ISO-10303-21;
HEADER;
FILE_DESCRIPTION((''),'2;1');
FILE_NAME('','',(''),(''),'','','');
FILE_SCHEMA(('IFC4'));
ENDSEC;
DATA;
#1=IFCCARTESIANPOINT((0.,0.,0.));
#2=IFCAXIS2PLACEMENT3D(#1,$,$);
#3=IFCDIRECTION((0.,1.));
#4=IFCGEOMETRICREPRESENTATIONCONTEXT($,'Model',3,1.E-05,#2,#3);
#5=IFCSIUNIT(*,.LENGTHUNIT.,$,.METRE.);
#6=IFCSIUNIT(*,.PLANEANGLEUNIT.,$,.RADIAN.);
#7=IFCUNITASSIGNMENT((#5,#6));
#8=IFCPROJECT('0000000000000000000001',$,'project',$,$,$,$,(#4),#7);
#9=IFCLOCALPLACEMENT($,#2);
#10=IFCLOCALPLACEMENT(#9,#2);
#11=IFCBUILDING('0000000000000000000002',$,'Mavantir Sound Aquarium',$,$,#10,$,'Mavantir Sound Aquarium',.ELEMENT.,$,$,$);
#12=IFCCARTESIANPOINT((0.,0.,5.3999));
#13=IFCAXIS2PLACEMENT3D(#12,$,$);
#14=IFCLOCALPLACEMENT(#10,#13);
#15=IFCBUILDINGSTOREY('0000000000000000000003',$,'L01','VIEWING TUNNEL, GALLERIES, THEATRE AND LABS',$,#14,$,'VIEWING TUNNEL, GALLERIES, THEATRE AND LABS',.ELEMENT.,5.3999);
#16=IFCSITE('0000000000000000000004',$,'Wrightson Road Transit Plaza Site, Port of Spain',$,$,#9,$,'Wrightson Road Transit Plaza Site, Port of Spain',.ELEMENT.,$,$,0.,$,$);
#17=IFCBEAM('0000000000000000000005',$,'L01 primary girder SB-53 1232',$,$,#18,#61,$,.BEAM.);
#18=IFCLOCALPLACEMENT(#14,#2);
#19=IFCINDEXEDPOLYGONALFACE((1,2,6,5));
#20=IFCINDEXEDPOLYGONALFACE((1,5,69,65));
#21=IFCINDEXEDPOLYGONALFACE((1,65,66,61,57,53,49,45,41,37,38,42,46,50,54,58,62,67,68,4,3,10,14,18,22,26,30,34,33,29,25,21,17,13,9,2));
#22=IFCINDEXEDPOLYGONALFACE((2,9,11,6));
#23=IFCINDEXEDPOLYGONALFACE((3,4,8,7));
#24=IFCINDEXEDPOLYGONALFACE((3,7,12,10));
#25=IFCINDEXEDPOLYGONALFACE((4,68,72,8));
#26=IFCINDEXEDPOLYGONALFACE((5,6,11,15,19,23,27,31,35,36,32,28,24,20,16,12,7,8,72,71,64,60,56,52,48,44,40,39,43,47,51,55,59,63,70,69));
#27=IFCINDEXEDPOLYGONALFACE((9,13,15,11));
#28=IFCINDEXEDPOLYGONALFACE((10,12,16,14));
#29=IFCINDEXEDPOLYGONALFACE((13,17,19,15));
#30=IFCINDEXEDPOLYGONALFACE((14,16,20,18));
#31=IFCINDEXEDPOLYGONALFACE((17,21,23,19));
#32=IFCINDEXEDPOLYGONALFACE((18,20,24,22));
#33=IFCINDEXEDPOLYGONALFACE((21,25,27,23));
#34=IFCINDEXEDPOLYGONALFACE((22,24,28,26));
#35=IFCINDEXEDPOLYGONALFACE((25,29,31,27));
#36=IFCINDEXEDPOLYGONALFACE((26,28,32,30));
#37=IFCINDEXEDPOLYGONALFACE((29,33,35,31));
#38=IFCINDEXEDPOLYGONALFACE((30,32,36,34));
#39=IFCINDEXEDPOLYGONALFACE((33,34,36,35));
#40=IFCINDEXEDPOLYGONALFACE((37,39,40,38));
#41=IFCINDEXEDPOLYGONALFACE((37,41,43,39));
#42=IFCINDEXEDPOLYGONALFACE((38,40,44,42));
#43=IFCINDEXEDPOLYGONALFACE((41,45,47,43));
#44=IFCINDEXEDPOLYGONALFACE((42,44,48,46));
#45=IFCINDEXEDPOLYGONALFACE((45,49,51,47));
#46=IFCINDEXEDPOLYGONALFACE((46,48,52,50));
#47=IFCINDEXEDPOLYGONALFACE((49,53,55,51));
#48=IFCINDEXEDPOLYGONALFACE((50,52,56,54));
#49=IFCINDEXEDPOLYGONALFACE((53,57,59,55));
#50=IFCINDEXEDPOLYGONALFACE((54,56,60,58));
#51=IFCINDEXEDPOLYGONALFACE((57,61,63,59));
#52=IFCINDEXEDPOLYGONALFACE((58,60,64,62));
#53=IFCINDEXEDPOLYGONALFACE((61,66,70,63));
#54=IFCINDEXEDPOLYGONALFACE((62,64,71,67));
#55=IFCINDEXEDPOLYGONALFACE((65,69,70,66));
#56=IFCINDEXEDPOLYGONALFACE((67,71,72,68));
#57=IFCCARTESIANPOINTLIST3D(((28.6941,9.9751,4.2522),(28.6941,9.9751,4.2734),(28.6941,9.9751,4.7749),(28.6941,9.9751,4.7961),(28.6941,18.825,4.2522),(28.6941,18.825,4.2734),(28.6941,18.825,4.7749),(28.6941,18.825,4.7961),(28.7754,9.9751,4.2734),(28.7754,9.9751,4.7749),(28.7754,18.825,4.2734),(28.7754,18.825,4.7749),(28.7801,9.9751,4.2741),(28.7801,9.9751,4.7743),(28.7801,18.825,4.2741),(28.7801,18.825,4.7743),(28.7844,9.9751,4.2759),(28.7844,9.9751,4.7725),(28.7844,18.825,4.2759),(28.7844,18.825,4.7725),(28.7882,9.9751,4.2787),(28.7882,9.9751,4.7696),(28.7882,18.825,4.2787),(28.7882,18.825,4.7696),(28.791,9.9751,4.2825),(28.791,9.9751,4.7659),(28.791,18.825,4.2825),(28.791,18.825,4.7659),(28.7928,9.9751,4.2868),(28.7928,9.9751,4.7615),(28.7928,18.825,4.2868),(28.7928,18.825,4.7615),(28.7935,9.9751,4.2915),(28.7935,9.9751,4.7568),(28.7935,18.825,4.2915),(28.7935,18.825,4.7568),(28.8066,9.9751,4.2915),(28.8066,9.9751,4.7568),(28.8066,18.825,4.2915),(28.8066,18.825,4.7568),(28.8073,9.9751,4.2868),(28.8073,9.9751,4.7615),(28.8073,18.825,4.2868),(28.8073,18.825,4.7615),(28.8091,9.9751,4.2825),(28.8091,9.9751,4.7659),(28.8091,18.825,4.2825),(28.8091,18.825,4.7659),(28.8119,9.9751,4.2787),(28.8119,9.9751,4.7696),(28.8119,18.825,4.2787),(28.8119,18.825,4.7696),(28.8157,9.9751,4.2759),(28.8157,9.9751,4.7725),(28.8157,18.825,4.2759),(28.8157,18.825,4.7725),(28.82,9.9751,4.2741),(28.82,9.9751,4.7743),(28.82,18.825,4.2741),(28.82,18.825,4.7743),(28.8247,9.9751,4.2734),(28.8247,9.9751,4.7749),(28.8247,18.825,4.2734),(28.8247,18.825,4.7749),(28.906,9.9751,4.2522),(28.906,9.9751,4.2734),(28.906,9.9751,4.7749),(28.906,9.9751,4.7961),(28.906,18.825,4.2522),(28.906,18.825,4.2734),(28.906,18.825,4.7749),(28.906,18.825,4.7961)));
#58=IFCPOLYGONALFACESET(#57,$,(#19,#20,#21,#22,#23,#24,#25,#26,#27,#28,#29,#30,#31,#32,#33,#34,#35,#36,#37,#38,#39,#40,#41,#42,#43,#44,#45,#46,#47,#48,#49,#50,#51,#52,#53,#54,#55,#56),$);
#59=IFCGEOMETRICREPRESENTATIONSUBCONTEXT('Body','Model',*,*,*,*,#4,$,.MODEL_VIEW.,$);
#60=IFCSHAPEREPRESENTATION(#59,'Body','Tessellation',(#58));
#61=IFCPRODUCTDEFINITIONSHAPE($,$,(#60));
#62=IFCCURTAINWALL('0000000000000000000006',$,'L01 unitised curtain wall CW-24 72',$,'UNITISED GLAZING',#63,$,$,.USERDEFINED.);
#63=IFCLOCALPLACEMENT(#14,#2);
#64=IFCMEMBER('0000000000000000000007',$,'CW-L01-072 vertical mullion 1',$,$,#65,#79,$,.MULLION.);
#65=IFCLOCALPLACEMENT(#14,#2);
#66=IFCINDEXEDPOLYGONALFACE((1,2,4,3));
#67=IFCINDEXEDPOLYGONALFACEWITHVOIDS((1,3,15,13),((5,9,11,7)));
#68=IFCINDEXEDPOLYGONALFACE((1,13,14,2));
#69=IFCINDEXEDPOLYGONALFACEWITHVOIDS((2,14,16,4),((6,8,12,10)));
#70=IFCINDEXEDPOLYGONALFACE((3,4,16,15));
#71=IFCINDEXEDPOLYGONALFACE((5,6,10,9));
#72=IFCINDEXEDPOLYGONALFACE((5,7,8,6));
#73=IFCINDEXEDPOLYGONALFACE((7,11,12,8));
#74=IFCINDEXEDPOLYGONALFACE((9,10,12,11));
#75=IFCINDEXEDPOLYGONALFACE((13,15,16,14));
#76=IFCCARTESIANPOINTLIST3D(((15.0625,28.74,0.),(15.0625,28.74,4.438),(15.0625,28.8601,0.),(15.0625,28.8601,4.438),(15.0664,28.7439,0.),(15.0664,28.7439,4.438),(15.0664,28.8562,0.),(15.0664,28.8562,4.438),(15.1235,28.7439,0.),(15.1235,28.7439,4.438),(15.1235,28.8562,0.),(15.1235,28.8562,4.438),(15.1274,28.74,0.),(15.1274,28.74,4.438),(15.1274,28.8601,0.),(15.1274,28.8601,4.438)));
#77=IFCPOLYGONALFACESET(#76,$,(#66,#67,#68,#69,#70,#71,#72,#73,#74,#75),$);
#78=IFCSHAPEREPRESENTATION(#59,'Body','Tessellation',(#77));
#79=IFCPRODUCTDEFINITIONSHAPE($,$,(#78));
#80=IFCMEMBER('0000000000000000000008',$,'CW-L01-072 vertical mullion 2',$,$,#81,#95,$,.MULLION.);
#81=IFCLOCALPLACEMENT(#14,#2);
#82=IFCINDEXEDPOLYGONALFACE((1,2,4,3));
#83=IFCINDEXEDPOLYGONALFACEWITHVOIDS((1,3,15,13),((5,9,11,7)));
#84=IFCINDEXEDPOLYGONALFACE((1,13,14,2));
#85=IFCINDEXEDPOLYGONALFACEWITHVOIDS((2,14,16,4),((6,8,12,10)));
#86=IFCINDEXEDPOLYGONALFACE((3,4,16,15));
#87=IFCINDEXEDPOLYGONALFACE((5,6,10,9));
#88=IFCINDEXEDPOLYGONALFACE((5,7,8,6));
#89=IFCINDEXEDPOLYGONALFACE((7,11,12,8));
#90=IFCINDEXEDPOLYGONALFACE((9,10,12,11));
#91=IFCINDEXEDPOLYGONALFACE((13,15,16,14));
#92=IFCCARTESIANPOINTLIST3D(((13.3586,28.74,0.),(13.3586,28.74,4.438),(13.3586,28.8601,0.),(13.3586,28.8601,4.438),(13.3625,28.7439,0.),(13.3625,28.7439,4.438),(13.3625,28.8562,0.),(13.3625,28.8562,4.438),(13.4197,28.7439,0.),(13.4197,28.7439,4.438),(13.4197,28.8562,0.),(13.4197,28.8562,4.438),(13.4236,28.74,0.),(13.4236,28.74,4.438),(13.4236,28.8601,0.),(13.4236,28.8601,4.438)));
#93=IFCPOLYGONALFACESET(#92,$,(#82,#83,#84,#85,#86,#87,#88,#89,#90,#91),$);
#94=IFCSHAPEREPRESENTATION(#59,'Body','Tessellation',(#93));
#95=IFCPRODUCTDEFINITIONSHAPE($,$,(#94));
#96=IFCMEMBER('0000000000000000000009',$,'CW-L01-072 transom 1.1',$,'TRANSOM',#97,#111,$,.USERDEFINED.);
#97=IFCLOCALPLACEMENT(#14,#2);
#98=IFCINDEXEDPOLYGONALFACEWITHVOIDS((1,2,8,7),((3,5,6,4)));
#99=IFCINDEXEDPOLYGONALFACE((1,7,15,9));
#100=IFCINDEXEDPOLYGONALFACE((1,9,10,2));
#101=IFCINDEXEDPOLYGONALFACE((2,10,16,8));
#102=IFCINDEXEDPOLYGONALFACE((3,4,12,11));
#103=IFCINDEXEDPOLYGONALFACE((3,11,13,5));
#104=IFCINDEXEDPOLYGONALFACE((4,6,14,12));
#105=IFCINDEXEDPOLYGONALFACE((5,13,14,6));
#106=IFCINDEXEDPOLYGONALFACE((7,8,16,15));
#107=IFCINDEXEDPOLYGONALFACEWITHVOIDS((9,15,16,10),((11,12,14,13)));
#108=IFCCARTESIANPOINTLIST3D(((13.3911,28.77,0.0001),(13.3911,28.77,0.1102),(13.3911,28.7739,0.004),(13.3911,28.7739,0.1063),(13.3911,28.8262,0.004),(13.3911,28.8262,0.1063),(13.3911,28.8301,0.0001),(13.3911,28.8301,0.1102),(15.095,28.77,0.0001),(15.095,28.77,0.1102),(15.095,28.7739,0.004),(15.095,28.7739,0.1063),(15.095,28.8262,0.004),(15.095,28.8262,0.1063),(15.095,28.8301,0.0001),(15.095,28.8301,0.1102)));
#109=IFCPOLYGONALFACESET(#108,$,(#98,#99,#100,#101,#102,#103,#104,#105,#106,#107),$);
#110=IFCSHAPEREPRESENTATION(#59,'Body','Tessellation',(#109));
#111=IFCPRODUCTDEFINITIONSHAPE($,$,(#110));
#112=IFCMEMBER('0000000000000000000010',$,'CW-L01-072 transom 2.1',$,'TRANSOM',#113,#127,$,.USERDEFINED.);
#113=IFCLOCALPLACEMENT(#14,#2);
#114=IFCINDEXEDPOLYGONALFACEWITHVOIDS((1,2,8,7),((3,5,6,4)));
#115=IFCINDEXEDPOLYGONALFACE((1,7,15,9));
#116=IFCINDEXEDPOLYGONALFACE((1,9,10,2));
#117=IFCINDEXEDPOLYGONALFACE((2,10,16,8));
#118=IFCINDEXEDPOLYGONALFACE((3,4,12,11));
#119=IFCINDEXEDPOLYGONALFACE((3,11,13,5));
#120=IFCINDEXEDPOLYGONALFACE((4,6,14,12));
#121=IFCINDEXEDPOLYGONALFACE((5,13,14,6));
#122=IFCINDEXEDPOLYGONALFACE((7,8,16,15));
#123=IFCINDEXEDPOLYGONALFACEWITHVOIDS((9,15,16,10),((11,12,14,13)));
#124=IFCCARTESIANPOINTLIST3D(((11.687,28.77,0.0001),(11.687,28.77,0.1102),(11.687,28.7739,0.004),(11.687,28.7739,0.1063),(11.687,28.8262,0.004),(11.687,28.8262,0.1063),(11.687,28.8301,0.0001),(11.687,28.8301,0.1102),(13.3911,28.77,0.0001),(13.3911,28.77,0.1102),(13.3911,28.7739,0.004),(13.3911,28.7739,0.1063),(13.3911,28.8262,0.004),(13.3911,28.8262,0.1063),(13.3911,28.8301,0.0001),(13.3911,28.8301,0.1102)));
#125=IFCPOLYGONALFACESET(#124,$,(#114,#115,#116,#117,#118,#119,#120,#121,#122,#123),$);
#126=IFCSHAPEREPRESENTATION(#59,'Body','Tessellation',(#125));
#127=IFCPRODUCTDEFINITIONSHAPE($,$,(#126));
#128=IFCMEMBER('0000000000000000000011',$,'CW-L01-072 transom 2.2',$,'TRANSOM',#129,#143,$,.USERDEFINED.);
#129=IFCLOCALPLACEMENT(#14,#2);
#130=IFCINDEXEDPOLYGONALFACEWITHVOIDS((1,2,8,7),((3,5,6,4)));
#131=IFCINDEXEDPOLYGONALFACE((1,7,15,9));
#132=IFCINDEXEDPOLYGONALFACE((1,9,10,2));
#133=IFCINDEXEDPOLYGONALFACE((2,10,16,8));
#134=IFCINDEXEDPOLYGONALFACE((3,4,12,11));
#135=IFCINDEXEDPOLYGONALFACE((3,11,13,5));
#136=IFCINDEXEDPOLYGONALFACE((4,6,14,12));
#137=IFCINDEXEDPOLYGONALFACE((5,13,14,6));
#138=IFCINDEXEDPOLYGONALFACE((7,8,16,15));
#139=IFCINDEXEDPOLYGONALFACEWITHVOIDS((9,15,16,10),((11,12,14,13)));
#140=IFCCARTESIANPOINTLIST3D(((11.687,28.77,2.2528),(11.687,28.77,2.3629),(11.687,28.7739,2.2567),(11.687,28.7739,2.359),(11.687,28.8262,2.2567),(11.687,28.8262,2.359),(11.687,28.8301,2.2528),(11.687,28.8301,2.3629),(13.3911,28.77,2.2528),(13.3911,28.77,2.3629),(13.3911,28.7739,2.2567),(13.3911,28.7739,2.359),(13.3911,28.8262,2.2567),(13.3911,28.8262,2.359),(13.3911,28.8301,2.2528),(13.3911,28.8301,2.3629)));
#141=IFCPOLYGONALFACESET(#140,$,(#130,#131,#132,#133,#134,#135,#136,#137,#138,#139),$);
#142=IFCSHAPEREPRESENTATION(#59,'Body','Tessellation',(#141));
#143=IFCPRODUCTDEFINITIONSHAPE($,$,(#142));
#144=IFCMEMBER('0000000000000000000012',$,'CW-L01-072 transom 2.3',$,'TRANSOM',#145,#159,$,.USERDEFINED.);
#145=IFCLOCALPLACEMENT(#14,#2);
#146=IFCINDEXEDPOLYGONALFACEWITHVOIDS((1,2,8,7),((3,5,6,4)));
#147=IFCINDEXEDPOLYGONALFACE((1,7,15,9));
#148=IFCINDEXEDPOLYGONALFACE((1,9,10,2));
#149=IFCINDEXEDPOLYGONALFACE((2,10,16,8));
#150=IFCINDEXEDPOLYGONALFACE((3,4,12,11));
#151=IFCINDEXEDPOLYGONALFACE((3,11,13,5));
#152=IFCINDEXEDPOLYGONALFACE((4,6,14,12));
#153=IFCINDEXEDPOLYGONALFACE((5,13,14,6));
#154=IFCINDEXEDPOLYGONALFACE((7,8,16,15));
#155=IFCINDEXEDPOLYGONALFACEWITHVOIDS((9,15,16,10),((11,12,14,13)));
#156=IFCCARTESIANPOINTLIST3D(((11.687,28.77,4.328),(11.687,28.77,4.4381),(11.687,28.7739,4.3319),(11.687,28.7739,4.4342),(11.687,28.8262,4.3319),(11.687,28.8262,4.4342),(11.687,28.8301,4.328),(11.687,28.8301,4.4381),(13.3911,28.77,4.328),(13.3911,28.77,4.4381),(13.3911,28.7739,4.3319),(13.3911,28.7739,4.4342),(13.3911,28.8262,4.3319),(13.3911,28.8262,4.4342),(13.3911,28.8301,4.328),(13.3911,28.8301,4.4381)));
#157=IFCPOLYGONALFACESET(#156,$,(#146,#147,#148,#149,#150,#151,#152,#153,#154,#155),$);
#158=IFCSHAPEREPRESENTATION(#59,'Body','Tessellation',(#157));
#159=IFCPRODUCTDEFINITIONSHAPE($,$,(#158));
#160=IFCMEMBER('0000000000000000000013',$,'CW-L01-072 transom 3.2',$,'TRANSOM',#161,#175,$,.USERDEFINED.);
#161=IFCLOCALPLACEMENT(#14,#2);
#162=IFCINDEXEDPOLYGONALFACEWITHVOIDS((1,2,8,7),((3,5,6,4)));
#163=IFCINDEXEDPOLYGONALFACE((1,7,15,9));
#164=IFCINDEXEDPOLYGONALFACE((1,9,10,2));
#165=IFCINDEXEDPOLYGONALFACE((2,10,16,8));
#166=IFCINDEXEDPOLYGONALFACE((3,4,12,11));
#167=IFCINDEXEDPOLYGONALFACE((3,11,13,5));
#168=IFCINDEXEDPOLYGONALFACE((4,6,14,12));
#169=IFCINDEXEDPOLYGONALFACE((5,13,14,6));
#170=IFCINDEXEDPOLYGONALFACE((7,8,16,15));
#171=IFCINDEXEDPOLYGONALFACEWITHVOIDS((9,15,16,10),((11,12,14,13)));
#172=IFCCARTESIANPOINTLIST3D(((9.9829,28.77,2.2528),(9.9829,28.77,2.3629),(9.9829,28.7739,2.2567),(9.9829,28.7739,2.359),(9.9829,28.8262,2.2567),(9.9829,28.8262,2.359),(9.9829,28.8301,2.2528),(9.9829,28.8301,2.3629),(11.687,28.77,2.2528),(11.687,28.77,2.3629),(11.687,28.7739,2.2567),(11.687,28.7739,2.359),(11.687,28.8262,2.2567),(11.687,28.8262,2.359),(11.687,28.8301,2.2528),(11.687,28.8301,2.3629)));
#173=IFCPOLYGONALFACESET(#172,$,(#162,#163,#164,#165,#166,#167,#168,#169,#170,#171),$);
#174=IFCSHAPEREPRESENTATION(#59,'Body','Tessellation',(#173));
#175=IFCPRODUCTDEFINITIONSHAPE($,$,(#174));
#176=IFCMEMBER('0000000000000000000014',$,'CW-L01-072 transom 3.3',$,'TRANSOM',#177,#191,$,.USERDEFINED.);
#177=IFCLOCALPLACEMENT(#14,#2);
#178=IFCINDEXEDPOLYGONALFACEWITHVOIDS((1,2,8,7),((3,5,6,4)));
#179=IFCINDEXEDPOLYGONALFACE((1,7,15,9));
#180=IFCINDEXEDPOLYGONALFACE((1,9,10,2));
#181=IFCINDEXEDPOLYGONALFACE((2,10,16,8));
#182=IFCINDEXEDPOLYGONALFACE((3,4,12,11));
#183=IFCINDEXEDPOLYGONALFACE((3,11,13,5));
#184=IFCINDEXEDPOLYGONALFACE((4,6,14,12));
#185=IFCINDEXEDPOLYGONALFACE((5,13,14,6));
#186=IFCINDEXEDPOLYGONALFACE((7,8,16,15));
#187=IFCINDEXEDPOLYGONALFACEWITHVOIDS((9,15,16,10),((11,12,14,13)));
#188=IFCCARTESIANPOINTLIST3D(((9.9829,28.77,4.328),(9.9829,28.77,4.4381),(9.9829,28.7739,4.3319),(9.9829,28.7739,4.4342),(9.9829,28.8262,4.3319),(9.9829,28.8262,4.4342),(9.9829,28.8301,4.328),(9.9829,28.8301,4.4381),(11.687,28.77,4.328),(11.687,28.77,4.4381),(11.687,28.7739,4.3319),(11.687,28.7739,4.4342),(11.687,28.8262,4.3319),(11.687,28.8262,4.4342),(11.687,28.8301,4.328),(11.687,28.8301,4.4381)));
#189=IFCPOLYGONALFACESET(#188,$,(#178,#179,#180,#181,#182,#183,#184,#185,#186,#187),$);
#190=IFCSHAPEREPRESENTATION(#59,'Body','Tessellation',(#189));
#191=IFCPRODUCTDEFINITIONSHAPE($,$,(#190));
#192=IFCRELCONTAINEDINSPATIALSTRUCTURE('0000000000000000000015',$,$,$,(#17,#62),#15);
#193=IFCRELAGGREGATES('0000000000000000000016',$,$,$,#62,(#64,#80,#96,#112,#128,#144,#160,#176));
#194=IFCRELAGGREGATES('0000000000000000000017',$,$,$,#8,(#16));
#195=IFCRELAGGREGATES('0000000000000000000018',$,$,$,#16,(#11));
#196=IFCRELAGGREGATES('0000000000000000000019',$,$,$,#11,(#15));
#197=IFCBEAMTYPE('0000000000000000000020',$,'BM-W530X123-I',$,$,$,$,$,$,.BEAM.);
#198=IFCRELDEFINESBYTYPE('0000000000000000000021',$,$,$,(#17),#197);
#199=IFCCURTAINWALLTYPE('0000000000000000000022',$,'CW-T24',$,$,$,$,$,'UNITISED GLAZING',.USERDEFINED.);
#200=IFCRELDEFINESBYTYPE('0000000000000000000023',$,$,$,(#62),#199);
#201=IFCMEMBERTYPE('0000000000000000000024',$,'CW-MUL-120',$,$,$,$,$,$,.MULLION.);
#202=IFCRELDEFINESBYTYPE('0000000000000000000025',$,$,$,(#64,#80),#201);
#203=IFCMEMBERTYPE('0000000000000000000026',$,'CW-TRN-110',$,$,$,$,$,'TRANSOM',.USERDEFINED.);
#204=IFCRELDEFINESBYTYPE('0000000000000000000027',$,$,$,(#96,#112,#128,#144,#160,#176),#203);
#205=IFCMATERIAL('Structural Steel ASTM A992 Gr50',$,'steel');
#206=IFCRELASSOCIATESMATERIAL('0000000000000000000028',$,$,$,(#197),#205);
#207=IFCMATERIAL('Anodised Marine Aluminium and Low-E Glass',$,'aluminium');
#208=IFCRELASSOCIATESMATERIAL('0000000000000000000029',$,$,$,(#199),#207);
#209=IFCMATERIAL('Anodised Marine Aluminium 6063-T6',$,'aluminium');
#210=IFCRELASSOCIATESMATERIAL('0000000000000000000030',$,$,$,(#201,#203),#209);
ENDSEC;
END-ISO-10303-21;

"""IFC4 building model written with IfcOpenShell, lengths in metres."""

from ifc_helpers import new_model, si_unit, direction, frame, origin, origin_2d, place, context, subcontext, project, spatial, hollow_rectangle, i_section, extrude, material, material_profile, profile_set, type_object, element, aggregate, save


model = new_model("IFC4")

# Units and contexts
model_context = context("Model", 3, precision=1e-05, world=origin(), true_north=direction((0.0, 1.0)))
body_context = subcontext(model_context, "Body", "Model", "MODEL_VIEW")
ifc_project = project(units=[si_unit("LENGTHUNIT", "METRE"), si_unit("PLANEANGLEUNIT", "RADIAN")], contexts=[model_context])

# Site, building, storey
site_placement = place(None, origin())
site = spatial("IfcSite", under=ifc_project, at=site_placement, Name="Wrightson Road Transit Plaza Site, Port of Spain", LongName="Wrightson Road Transit Plaza Site, Port of Spain", CompositionType="ELEMENT", RefElevation=0.0)
building_placement = place(site_placement, origin())
building = spatial("IfcBuilding", under=site, at=building_placement, Name="Mavantir Sound Aquarium", LongName="Mavantir Sound Aquarium", CompositionType="ELEMENT")
storey_placement = place(building_placement, frame((0.0, 0.0, 5.3999)))
storey = spatial("IfcBuildingStorey", under=building, at=storey_placement, Name="L01", Description="VIEWING TUNNEL, GALLERIES, THEATRE AND LABS", LongName="VIEWING TUNNEL, GALLERIES, THEATRE AND LABS", CompositionType="ELEMENT", Elevation=5.3999)

# Beam
ifc_material_1 = material(Name="Structural Steel ASTM A992 Gr50", Category="steel")
ifc_material_profile_1 = material_profile(ifc_material_1, i_section(OverallWidth=0.2119, OverallDepth=0.5439, WebThickness=0.0132, FlangeThickness=0.0212, FilletRadius=0.0181, at=origin_2d()), Name="W530X123")
ifc_profile_set_1 = profile_set([ifc_material_profile_1], Name="Structural Steel ASTM A992 Gr50")
beam_type_1 = type_object("IfcBeamType", Name="BM-W530X123-I", PredefinedType="BEAM", material=ifc_profile_set_1)
beam_1_placement = place(storey_placement, frame((28.8, 9.9751, 4.5242), z_axis=(0.0, 1.0, 0.0), x_axis=(-1.0, 0.0, 0.0)))
element("IfcBeam", 1, at=beam_1_placement, inside=storey, type_object=beam_type_1, Name="L01 primary girder SB-53 1232", PredefinedType="BEAM", context=body_context, shape_type="SweptSolid", body=[
    extrude(i_section(OverallWidth=0.2119, OverallDepth=0.5439, WebThickness=0.0132, FlangeThickness=0.0212, FilletRadius=0.0181, at=origin_2d()), origin(), (0.0, 0.0, 1.0), 8.8499),
])

# Curtain wall, members
ifc_material_2 = material(Name="Anodised Marine Aluminium and Low-E Glass", Category="aluminium")
curtain_wall_type = type_object("IfcCurtainWallType", Name="CW-T24", ElementType="UNITISED GLAZING", PredefinedType="USERDEFINED", material=ifc_material_2)
curtain_wall_placement = place(storey_placement, origin())
curtain_wall = element("IfcCurtainWall", 2, at=curtain_wall_placement, inside=storey, type_object=curtain_wall_type, Name="L01 unitised curtain wall CW-24 72", ObjectType="UNITISED GLAZING", PredefinedType="USERDEFINED")
ifc_material_3 = material(Name="Anodised Marine Aluminium 6063-T6", Category="aluminium")
ifc_material_profile_2 = material_profile(ifc_material_3, hollow_rectangle(XDim=0.0649, YDim=0.1201, WallThickness=0.0039, at=origin_2d()), Name="ALU-MULLION-120X65")
ifc_profile_set_2 = profile_set([ifc_material_profile_2], Name="Anodised Marine Aluminium 6063-T6")
member_type_1 = type_object("IfcMemberType", Name="CW-MUL-120", PredefinedType="MULLION", material=ifc_profile_set_2)
member_1_placement = place(storey_placement, frame((15.095, 28.8, 0.0), z_axis=(0.0, 0.0, 1.0), x_axis=(1.0, 0.0, 0.0)))
member_1 = element("IfcMember", 3, at=member_1_placement, type_object=member_type_1, Name="CW-L01-072 vertical mullion 1", PredefinedType="MULLION", context=body_context, shape_type="SweptSolid", body=[
    extrude(hollow_rectangle(XDim=0.0649, YDim=0.1201, WallThickness=0.0039, at=origin_2d()), origin(), (0.0, 0.0, 1.0), 4.438),
])
member_2_placement = place(storey_placement, frame((13.3911, 28.8, 0.0), z_axis=(0.0, 0.0, 1.0), x_axis=(1.0, 0.0, 0.0)))
member_2 = element("IfcMember", 4, at=member_2_placement, type_object=member_type_1, Name="CW-L01-072 vertical mullion 2", PredefinedType="MULLION", context=body_context, shape_type="SweptSolid", body=[
    extrude(hollow_rectangle(XDim=0.0649, YDim=0.1201, WallThickness=0.0039, at=origin_2d()), origin(), (0.0, 0.0, 1.0), 4.438),
])
ifc_material_profile_3 = material_profile(ifc_material_3, hollow_rectangle(XDim=0.0601, YDim=0.1101, WallThickness=0.0039, at=origin_2d()), Name="ALU-TRANSOM-110X60")
ifc_profile_set_3 = profile_set([ifc_material_profile_3], Name="Anodised Marine Aluminium 6063-T6")
member_type_2 = type_object("IfcMemberType", Name="CW-TRN-110", ElementType="TRANSOM", PredefinedType="USERDEFINED", material=ifc_profile_set_3)
member_3_placement = place(storey_placement, frame((15.095, 28.8, 0.0552), z_axis=(-1.0, 0.0, 0.0), x_axis=(0.0, -1.0, 0.0)))
member_3 = element("IfcMember", 5, at=member_3_placement, type_object=member_type_2, Name="CW-L01-072 transom 1.1", ObjectType="TRANSOM", PredefinedType="USERDEFINED", context=body_context, shape_type="SweptSolid", body=[
    extrude(hollow_rectangle(XDim=0.0601, YDim=0.1101, WallThickness=0.0039, at=origin_2d()), origin(), (0.0, 0.0, 1.0), 1.7039),
])
member_4_placement = place(storey_placement, frame((13.3911, 28.8, 0.0552), z_axis=(-1.0, 0.0, 0.0), x_axis=(0.0, -1.0, 0.0)))
member_4 = element("IfcMember", 6, at=member_4_placement, type_object=member_type_2, Name="CW-L01-072 transom 2.1", ObjectType="TRANSOM", PredefinedType="USERDEFINED", context=body_context, shape_type="SweptSolid", body=[
    extrude(hollow_rectangle(XDim=0.0601, YDim=0.1101, WallThickness=0.0039, at=origin_2d()), origin(), (0.0, 0.0, 1.0), 1.7041),
])
member_5_placement = place(storey_placement, frame((13.3911, 28.8, 2.3079), z_axis=(-1.0, 0.0, 0.0), x_axis=(0.0, -1.0, 0.0)))
member_5 = element("IfcMember", 7, at=member_5_placement, type_object=member_type_2, Name="CW-L01-072 transom 2.2", ObjectType="TRANSOM", PredefinedType="USERDEFINED", context=body_context, shape_type="SweptSolid", body=[
    extrude(hollow_rectangle(XDim=0.0601, YDim=0.1101, WallThickness=0.0039, at=origin_2d()), origin(), (0.0, 0.0, 1.0), 1.7041),
])
member_6_placement = place(storey_placement, frame((13.3911, 28.8, 4.3831), z_axis=(-1.0, 0.0, 0.0), x_axis=(0.0, -1.0, 0.0)))
member_6 = element("IfcMember", 8, at=member_6_placement, type_object=member_type_2, Name="CW-L01-072 transom 2.3", ObjectType="TRANSOM", PredefinedType="USERDEFINED", context=body_context, shape_type="SweptSolid", body=[
    extrude(hollow_rectangle(XDim=0.0601, YDim=0.1101, WallThickness=0.0039, at=origin_2d()), origin(), (0.0, 0.0, 1.0), 1.7041),
])
member_7_placement = place(storey_placement, frame((11.687, 28.8, 2.3079), z_axis=(-1.0, 0.0, 0.0), x_axis=(0.0, -1.0, 0.0)))
member_7 = element("IfcMember", 9, at=member_7_placement, type_object=member_type_2, Name="CW-L01-072 transom 3.2", ObjectType="TRANSOM", PredefinedType="USERDEFINED", context=body_context, shape_type="SweptSolid", body=[
    extrude(hollow_rectangle(XDim=0.0601, YDim=0.1101, WallThickness=0.0039, at=origin_2d()), origin(), (0.0, 0.0, 1.0), 1.7041),
])
member_8_placement = place(storey_placement, frame((11.687, 28.8, 4.3831), z_axis=(-1.0, 0.0, 0.0), x_axis=(0.0, -1.0, 0.0)))
member_8 = element("IfcMember", 10, at=member_8_placement, type_object=member_type_2, Name="CW-L01-072 transom 3.3", ObjectType="TRANSOM", PredefinedType="USERDEFINED", context=body_context, shape_type="SweptSolid", body=[
    extrude(hollow_rectangle(XDim=0.0601, YDim=0.1101, WallThickness=0.0039, at=origin_2d()), origin(), (0.0, 0.0, 1.0), 1.7041),
])
aggregate(curtain_wall, [member_1, member_2, member_3, member_4, member_5, member_6, member_7, member_8])

save(model, "model.ifc")
